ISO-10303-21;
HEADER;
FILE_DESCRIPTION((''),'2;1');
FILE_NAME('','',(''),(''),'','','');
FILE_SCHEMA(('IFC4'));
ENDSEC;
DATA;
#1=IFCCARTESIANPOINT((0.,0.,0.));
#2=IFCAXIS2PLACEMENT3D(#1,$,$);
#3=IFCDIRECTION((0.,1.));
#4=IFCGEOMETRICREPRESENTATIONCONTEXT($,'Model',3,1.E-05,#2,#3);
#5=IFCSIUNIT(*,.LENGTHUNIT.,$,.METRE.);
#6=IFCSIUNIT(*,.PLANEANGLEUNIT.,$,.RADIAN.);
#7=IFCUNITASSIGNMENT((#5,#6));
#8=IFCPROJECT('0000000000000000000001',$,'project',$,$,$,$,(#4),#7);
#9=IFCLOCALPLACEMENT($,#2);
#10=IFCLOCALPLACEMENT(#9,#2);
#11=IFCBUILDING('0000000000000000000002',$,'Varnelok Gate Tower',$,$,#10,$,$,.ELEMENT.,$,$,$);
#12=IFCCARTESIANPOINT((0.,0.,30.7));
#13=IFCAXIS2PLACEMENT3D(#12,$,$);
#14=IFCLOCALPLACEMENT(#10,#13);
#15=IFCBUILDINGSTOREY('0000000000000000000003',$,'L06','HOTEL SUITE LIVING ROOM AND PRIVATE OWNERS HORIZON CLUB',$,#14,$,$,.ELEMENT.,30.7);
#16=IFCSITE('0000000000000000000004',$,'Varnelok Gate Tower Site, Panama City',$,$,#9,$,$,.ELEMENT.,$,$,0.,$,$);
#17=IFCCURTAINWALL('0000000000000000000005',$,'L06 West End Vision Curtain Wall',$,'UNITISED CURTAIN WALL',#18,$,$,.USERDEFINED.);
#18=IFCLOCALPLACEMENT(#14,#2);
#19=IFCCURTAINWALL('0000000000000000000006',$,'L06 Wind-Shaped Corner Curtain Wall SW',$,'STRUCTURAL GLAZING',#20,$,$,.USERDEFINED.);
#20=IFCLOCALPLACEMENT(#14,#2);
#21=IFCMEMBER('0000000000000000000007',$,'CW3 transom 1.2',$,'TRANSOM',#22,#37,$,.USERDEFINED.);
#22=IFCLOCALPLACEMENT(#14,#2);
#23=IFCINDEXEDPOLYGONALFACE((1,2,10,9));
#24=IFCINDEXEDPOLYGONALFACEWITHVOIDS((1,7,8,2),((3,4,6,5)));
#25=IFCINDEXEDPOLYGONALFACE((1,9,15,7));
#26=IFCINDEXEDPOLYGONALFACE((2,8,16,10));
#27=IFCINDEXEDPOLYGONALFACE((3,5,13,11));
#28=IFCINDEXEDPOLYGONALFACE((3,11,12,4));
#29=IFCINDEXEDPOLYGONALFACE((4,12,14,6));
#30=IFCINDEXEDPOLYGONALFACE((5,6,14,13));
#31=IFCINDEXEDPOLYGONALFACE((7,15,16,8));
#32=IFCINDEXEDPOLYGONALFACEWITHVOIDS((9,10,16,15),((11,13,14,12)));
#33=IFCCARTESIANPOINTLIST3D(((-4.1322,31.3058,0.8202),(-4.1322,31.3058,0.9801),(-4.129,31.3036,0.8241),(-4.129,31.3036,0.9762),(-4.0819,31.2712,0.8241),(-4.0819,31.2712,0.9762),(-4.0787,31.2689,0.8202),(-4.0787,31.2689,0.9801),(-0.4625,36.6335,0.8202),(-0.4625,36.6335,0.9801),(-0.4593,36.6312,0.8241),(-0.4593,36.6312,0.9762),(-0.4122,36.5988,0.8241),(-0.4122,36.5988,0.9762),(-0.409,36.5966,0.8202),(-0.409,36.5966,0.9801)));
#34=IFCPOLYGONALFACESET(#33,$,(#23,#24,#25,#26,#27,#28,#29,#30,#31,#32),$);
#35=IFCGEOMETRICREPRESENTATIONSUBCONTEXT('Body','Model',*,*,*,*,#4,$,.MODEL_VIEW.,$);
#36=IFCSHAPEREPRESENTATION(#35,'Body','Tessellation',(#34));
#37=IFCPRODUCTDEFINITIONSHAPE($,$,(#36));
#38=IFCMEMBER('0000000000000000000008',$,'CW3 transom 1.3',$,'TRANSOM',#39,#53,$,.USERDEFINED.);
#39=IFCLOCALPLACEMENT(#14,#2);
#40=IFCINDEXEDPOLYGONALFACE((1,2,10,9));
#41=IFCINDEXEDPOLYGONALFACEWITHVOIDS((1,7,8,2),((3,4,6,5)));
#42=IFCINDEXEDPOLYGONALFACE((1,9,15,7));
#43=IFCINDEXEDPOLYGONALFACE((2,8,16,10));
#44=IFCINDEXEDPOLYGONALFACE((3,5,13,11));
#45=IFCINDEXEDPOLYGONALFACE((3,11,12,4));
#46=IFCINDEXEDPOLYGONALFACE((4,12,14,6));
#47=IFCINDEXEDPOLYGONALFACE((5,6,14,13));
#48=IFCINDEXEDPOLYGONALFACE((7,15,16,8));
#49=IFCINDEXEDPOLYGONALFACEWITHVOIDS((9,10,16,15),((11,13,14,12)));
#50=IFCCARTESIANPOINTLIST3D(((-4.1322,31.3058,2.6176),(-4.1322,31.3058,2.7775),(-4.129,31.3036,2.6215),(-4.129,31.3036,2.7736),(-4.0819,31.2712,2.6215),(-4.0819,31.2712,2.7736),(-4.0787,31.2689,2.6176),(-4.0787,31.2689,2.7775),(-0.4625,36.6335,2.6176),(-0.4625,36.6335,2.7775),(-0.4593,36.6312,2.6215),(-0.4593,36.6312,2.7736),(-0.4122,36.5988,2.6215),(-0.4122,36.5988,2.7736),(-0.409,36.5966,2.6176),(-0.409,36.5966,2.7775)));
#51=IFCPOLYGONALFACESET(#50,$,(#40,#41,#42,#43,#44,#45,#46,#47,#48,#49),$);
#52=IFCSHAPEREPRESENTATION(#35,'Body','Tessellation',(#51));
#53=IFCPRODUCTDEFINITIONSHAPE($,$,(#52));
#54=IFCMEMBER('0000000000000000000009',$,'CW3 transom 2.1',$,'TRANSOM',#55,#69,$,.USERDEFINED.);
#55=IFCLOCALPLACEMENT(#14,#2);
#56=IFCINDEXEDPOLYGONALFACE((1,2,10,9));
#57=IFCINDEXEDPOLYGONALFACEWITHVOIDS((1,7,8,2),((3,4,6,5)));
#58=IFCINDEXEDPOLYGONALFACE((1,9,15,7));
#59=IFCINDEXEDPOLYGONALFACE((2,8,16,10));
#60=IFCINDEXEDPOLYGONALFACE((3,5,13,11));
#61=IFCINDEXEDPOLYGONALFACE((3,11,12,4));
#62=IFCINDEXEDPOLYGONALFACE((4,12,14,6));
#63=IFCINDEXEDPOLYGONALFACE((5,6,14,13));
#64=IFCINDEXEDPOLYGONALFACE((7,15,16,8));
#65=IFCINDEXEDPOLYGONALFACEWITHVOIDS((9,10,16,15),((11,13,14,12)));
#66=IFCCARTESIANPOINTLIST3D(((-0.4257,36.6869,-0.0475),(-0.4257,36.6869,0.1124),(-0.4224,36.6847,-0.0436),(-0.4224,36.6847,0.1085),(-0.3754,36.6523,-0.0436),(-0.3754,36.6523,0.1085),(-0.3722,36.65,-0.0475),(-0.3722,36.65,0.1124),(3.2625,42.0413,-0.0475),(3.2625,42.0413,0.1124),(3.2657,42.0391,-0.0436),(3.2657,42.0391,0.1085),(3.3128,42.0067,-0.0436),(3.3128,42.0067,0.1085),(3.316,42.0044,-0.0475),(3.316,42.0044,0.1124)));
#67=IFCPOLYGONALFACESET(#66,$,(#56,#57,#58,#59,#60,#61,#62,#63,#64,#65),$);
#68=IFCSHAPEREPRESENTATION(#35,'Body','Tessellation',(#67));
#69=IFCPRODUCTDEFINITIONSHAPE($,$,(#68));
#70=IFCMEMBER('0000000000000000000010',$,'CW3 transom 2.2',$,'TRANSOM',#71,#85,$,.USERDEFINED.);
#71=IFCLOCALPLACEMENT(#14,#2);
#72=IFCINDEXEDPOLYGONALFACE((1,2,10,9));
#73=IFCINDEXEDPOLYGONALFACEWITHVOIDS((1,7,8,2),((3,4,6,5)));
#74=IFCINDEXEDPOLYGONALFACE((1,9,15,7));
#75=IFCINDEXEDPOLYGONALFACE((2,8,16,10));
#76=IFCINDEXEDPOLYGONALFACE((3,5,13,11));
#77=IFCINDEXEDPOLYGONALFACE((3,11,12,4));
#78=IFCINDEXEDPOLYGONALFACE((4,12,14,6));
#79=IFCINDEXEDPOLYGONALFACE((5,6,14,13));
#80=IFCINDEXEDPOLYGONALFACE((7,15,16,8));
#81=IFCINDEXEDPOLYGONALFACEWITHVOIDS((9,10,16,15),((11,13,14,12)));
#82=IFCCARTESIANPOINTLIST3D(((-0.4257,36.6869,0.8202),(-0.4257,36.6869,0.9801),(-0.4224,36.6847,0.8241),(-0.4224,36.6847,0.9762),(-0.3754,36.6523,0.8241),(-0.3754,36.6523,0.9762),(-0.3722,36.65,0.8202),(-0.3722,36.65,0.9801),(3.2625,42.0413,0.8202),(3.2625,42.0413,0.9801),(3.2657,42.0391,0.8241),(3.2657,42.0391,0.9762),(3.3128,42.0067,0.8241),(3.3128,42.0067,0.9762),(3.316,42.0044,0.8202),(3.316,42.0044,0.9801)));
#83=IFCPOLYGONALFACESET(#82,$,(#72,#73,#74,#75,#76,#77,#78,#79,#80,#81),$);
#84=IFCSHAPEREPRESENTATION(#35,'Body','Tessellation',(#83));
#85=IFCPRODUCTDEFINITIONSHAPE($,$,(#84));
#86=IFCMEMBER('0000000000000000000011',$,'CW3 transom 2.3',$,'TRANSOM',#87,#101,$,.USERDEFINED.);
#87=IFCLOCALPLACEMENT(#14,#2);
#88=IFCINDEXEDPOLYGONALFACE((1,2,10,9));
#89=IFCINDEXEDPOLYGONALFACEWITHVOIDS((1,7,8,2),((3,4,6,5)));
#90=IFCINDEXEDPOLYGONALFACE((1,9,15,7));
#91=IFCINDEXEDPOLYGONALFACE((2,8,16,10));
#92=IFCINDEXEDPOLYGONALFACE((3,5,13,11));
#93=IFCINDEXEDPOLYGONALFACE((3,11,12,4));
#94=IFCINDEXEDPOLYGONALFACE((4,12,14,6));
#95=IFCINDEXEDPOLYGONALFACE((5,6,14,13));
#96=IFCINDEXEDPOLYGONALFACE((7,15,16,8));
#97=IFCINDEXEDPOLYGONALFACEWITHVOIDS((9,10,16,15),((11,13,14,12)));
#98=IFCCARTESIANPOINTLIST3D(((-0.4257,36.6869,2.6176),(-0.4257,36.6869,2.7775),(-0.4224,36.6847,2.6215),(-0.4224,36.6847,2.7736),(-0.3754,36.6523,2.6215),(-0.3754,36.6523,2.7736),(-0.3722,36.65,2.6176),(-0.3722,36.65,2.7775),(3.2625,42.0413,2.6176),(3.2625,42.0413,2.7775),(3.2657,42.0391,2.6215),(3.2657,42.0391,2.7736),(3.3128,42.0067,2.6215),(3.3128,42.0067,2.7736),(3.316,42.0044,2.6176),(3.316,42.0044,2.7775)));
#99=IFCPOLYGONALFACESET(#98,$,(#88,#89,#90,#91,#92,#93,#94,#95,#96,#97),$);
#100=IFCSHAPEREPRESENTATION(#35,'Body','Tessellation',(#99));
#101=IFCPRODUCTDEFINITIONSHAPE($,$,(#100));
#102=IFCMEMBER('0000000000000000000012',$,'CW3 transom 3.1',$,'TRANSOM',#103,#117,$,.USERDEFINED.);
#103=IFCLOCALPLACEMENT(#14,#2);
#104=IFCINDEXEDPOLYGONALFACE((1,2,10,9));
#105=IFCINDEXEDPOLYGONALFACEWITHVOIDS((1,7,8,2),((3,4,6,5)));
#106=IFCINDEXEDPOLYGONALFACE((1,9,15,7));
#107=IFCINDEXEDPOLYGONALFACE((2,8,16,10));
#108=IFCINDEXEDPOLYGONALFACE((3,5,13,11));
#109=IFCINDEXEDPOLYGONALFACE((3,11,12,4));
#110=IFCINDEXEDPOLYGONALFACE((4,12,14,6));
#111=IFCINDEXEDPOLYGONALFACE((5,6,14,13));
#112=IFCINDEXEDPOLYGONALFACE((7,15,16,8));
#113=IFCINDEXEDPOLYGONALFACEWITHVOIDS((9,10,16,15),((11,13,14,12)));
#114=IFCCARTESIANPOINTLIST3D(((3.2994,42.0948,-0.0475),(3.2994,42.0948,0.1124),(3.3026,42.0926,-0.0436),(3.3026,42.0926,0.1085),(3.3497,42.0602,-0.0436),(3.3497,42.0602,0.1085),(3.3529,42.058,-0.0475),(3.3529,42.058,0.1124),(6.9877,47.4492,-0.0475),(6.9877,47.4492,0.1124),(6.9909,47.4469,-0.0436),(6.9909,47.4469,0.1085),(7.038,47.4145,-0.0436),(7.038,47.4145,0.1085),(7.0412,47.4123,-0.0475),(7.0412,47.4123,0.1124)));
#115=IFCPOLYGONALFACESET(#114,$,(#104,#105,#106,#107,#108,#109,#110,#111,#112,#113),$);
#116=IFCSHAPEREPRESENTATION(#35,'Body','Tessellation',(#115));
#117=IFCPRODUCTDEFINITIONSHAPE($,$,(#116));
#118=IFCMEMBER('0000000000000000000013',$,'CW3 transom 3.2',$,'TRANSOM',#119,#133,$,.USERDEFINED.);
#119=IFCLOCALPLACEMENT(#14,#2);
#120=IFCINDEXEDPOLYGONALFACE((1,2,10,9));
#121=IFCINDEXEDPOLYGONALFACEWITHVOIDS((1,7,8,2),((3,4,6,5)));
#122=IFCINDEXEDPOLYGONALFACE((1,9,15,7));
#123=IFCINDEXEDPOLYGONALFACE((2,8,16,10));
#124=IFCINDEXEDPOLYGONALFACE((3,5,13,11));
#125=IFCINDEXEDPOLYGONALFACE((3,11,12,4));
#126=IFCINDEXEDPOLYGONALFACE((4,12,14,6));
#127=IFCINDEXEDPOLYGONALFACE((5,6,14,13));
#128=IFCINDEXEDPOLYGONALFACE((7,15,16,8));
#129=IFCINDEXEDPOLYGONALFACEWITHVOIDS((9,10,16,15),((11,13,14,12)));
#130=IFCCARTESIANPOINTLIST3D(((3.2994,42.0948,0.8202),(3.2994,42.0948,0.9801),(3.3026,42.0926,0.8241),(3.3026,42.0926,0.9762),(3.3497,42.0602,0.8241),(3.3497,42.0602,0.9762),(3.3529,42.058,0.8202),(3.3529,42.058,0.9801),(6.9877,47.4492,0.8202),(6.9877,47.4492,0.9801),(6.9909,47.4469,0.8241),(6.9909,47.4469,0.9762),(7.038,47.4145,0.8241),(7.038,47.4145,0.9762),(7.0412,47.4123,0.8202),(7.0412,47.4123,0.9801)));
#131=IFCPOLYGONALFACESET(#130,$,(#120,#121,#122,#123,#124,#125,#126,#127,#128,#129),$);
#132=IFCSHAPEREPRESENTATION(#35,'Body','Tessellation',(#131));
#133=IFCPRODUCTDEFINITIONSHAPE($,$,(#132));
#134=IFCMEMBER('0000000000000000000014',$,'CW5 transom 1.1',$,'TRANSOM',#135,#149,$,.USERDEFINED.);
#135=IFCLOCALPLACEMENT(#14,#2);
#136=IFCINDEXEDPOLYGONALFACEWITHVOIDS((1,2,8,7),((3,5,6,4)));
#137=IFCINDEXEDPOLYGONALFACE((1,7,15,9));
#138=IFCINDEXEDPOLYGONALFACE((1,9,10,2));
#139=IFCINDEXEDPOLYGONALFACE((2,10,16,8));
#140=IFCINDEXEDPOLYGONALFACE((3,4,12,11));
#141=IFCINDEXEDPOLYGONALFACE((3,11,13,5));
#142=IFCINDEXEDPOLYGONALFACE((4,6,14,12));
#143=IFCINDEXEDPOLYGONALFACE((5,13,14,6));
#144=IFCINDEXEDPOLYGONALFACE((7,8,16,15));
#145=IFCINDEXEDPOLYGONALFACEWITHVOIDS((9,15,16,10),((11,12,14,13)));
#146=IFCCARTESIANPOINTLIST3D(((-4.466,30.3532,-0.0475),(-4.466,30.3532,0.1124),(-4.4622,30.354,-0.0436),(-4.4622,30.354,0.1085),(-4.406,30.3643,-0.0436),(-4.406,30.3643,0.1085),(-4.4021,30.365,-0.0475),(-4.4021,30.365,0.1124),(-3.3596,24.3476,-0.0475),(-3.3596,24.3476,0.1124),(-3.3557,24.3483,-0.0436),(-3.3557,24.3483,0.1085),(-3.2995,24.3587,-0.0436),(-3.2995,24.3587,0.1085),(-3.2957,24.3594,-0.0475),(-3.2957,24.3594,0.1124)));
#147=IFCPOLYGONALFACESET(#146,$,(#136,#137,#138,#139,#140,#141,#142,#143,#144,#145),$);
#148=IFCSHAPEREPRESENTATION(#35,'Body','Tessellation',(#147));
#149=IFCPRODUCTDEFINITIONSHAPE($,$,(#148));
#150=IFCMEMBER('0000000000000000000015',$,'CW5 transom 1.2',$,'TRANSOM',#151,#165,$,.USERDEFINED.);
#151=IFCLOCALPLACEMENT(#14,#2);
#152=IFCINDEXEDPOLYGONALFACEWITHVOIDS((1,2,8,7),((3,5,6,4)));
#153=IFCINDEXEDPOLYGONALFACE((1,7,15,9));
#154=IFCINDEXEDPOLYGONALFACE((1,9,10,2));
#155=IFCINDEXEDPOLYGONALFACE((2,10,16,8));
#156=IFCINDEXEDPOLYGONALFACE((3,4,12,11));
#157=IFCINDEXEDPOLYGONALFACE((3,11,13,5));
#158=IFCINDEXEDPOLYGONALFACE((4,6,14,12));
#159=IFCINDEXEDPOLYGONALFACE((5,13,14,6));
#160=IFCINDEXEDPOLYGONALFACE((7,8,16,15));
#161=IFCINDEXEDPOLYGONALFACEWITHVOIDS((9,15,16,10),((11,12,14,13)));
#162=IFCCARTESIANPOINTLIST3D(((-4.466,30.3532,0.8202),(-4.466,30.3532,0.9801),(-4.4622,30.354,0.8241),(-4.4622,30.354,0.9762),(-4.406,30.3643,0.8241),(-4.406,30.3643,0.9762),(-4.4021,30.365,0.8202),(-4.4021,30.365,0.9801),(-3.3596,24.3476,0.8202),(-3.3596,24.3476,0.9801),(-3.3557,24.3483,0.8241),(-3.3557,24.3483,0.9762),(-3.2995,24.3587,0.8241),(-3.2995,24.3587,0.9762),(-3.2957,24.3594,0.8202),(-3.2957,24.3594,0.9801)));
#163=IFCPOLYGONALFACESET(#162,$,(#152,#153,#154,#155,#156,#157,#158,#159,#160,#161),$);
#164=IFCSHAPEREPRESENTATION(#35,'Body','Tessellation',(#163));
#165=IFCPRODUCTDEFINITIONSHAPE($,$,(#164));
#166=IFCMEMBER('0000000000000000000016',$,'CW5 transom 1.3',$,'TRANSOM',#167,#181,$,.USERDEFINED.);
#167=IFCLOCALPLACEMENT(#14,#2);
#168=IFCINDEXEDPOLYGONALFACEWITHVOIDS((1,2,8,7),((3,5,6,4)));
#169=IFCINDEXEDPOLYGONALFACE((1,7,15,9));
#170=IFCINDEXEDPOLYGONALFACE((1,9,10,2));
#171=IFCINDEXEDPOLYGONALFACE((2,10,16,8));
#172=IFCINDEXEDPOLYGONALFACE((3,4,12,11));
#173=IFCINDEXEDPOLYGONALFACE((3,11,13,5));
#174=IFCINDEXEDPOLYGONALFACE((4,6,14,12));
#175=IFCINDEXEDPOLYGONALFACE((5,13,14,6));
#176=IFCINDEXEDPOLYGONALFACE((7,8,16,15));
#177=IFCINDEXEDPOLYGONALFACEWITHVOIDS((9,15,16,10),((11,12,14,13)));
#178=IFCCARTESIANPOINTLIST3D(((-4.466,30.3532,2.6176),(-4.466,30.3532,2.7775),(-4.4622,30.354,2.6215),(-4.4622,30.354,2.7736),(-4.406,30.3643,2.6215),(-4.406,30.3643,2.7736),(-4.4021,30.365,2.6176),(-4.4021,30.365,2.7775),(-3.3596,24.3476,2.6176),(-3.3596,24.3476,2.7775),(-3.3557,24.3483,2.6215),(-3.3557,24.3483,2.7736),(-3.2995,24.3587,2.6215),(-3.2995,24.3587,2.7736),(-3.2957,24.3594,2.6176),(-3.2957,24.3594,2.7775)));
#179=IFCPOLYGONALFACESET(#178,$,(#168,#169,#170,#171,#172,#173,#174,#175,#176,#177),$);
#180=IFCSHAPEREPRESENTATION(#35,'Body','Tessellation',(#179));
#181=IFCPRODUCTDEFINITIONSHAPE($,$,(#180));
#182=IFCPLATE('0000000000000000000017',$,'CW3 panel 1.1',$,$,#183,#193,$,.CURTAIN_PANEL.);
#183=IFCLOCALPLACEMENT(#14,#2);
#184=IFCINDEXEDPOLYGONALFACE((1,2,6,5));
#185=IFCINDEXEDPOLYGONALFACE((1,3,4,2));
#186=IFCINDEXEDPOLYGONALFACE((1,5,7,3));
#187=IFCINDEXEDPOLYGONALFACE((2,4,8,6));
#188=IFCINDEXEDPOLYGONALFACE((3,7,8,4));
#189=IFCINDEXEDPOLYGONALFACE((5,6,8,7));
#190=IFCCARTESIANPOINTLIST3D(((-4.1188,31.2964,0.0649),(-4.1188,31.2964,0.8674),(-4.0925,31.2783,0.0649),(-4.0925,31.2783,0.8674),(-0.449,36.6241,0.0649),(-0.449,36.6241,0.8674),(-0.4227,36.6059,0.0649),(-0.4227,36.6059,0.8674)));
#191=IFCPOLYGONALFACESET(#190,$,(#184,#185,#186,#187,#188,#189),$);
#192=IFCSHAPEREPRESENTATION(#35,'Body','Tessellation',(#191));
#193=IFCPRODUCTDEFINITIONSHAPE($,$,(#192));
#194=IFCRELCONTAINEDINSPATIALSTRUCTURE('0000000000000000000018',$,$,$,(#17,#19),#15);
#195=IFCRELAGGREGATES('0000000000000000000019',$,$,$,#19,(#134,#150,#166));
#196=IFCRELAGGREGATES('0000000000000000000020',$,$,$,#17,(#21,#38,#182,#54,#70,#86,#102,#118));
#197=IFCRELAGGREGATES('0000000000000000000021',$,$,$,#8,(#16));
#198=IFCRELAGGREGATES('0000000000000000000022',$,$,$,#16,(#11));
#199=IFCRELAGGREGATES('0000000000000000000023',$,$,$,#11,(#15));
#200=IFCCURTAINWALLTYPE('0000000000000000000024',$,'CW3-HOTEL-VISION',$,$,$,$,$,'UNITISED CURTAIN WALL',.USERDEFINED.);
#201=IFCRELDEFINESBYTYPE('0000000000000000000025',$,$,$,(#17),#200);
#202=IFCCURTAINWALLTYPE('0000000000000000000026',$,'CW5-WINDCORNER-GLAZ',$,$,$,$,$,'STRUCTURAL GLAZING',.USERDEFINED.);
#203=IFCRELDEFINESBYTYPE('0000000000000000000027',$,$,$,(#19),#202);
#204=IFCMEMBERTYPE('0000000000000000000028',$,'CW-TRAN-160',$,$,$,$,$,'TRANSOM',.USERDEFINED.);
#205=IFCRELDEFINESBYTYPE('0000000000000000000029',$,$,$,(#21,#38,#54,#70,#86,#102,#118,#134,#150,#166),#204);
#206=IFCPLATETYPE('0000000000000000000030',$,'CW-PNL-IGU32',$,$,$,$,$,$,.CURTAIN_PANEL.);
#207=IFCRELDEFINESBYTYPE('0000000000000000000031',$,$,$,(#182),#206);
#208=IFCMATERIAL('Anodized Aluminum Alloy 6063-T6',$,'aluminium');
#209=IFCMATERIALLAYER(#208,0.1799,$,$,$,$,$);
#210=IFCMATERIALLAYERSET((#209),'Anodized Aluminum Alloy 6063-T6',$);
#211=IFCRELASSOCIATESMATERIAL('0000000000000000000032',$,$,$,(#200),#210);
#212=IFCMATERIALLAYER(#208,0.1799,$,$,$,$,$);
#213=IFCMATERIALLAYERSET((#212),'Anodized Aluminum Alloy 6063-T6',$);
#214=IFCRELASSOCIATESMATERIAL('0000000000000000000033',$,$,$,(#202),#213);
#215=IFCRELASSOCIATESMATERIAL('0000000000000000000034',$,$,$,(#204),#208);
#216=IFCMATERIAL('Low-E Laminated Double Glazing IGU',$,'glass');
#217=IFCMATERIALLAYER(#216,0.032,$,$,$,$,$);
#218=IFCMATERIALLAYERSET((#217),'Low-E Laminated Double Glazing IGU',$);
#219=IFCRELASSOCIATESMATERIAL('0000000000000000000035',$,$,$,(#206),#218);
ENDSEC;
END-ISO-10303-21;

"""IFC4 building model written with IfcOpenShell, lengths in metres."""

from ifc_helpers import new_model, si_unit, direction, frame, origin, origin_2d, place, context, subcontext, project, spatial, rectangle, hollow_rectangle, extrude, source, transform, mapped, material, layer, layer_set, material_profile, profile_set, type_object, element, aggregate, save


model = new_model("IFC4")

# Units and contexts
model_context = context("Model", 3, precision=1e-05, world=origin(), true_north=direction((0.0, 1.0)))
body_context = subcontext(model_context, "Body", "Model", "MODEL_VIEW")
ifc_project = project(units=[si_unit("LENGTHUNIT", "METRE"), si_unit("PLANEANGLEUNIT", "RADIAN")], contexts=[model_context])

# Site, building, storey
site_placement = place(None, origin())
site = spatial("IfcSite", under=ifc_project, at=site_placement, Name="Varnelok Gate Tower Site, Panama City", CompositionType="ELEMENT", RefElevation=0.0)
building_placement = place(site_placement, origin())
building = spatial("IfcBuilding", under=site, at=building_placement, Name="Varnelok Gate Tower", CompositionType="ELEMENT")
storey_placement = place(building_placement, frame((0.0, 0.0, 30.7)))
storey = spatial("IfcBuildingStorey", under=building, at=storey_placement, Name="L06", Description="HOTEL SUITE LIVING ROOM AND PRIVATE OWNERS HORIZON CLUB", CompositionType="ELEMENT", Elevation=30.7)

# Curtain wall
ifc_material_1 = material(Name="Anodized Aluminum Alloy 6063-T6", Category="aluminium")
ifc_layer_1 = layer(ifc_material_1, 0.1799)
ifc_layer_set_1 = layer_set([ifc_layer_1], Name="Anodized Aluminum Alloy 6063-T6")
curtain_wall_type_1 = type_object("IfcCurtainWallType", Name="CW3-HOTEL-VISION", ElementType="UNITISED CURTAIN WALL", PredefinedType="USERDEFINED", material=ifc_layer_set_1)
curtain_wall_1_placement = place(storey_placement, origin())
curtain_wall_1 = element("IfcCurtainWall", 1, at=curtain_wall_1_placement, inside=storey, type_object=curtain_wall_type_1, Name="L06 West End Vision Curtain Wall", ObjectType="UNITISED CURTAIN WALL", PredefinedType="USERDEFINED")

# Curtain wall
ifc_layer_2 = layer(ifc_material_1, 0.1799)
ifc_layer_set_2 = layer_set([ifc_layer_2], Name="Anodized Aluminum Alloy 6063-T6")
curtain_wall_type_2 = type_object("IfcCurtainWallType", Name="CW5-WINDCORNER-GLAZ", ElementType="STRUCTURAL GLAZING", PredefinedType="USERDEFINED", material=ifc_layer_set_2)
curtain_wall_2_placement = place(storey_placement, origin())
curtain_wall_2 = element("IfcCurtainWall", 2, at=curtain_wall_2_placement, inside=storey, type_object=curtain_wall_type_2, Name="L06 Wind-Shaped Corner Curtain Wall SW", ObjectType="STRUCTURAL GLAZING", PredefinedType="USERDEFINED")

# Members
ifc_material_profile_1 = material_profile(ifc_material_1, hollow_rectangle(XDim=0.0649, YDim=0.1599, WallThickness=0.0039, at=origin_2d()), Name="ALU160X65X4")
ifc_profile_set_1 = profile_set([ifc_material_profile_1], Name="Anodized Aluminum Alloy 6063-T6")
member_type_1 = type_object("IfcMemberType", Name="CW-TRAN-160", ElementType="TRANSOM", PredefinedType="USERDEFINED", material=ifc_profile_set_1)
member_1_placement = place(storey_placement, frame((-4.1055, 31.2874, 0.9001), z_axis=(0.567256, 0.823542, 0.0), x_axis=(-0.823542, 0.567256, 0.0)))
member_1 = element("IfcMember", 3, at=member_1_placement, type_object=member_type_1, Name="CW3 transom 1.2", ObjectType="TRANSOM", PredefinedType="USERDEFINED", context=body_context, shape_type="SweptSolid", body=[
    extrude(hollow_rectangle(XDim=0.0649, YDim=0.1599, WallThickness=0.0039, at=origin_2d()), origin(), (0.0, 0.0, 1.0), 6.4692),
])
member_2_placement = place(storey_placement, frame((-4.1055, 31.2874, 2.6975), z_axis=(0.567256, 0.823542, 0.0), x_axis=(-0.823542, 0.567256, 0.0)))
member_2 = element("IfcMember", 4, at=member_2_placement, type_object=member_type_1, Name="CW3 transom 1.3", ObjectType="TRANSOM", PredefinedType="USERDEFINED", context=body_context, shape_type="SweptSolid", body=[
    extrude(hollow_rectangle(XDim=0.0649, YDim=0.1599, WallThickness=0.0039, at=origin_2d()), origin(), (0.0, 0.0, 1.0), 6.4692),
])
member_3_placement = place(storey_placement, frame((-0.3989, 36.6685, 0.0325), z_axis=(0.567262, 0.823538, 0.0), x_axis=(-0.823538, 0.567262, 0.0)))
member_3 = element("IfcMember", 5, at=member_3_placement, type_object=member_type_1, Name="CW3 transom 2.1", ObjectType="TRANSOM", PredefinedType="USERDEFINED", context=body_context, shape_type="SweptSolid", body=[
    extrude(hollow_rectangle(XDim=0.0649, YDim=0.1599, WallThickness=0.0039, at=origin_2d()), origin(), (0.0, 0.0, 1.0), 6.5017),
])
member_4_placement = place(storey_placement, frame((-0.3989, 36.6685, 0.9001), z_axis=(0.567262, 0.823538, 0.0), x_axis=(-0.823538, 0.567262, 0.0)))
member_4 = element("IfcMember", 6, at=member_4_placement, type_object=member_type_1, Name="CW3 transom 2.2", ObjectType="TRANSOM", PredefinedType="USERDEFINED", context=body_context, shape_type="SweptSolid", body=[
    extrude(hollow_rectangle(XDim=0.0649, YDim=0.1599, WallThickness=0.0039, at=origin_2d()), origin(), (0.0, 0.0, 1.0), 6.5017),
])
member_5_placement = place(storey_placement, frame((-0.3989, 36.6685, 2.6975), z_axis=(0.567262, 0.823538, 0.0), x_axis=(-0.823538, 0.567262, 0.0)))
member_5 = element("IfcMember", 7, at=member_5_placement, type_object=member_type_1, Name="CW3 transom 2.3", ObjectType="TRANSOM", PredefinedType="USERDEFINED", context=body_context, shape_type="SweptSolid", body=[
    extrude(hollow_rectangle(XDim=0.0649, YDim=0.1599, WallThickness=0.0039, at=origin_2d()), origin(), (0.0, 0.0, 1.0), 6.5017),
])
member_6_placement = place(storey_placement, frame((3.3262, 42.0764, 0.0325), z_axis=(0.567279, 0.823526, 0.0), x_axis=(-0.823526, 0.567279, 0.0)))
member_6 = element("IfcMember", 8, at=member_6_placement, type_object=member_type_1, Name="CW3 transom 3.1", ObjectType="TRANSOM", PredefinedType="USERDEFINED", context=body_context, shape_type="SweptSolid", body=[
    extrude(hollow_rectangle(XDim=0.0649, YDim=0.1599, WallThickness=0.0039, at=origin_2d()), origin(), (0.0, 0.0, 1.0), 6.5017),
])
member_7_placement = place(storey_placement, frame((3.3262, 42.0764, 0.9001), z_axis=(0.567279, 0.823526, 0.0), x_axis=(-0.823526, 0.567279, 0.0)))
member_7 = element("IfcMember", 9, at=member_7_placement, type_object=member_type_1, Name="CW3 transom 3.2", ObjectType="TRANSOM", PredefinedType="USERDEFINED", context=body_context, shape_type="SweptSolid", body=[
    extrude(hollow_rectangle(XDim=0.0649, YDim=0.1599, WallThickness=0.0039, at=origin_2d()), origin(), (0.0, 0.0, 1.0), 6.5017),
])
member_8_placement = place(storey_placement, frame((-4.4341, 30.3591, 0.0325), z_axis=(0.181186, -0.983449, 0.0), x_axis=(0.983449, 0.181186, 0.0)))
member_8 = element("IfcMember", 10, at=member_8_placement, type_object=member_type_1, Name="CW5 transom 1.1", ObjectType="TRANSOM", PredefinedType="USERDEFINED", context=body_context, shape_type="SweptSolid", body=[
    extrude(hollow_rectangle(XDim=0.0649, YDim=0.1599, WallThickness=0.0039, at=origin_2d()), origin(), (0.0, 0.0, 1.0), 6.1067),
])
member_9_placement = place(storey_placement, frame((-4.4341, 30.3591, 0.9001), z_axis=(0.181186, -0.983449, 0.0), x_axis=(0.983449, 0.181186, 0.0)))
member_9 = element("IfcMember", 11, at=member_9_placement, type_object=member_type_1, Name="CW5 transom 1.2", ObjectType="TRANSOM", PredefinedType="USERDEFINED", context=body_context, shape_type="SweptSolid", body=[
    extrude(hollow_rectangle(XDim=0.0649, YDim=0.1599, WallThickness=0.0039, at=origin_2d()), origin(), (0.0, 0.0, 1.0), 6.1067),
])
member_10_placement = place(storey_placement, frame((-4.4341, 30.3591, 2.6975), z_axis=(0.181186, -0.983449, 0.0), x_axis=(0.983449, 0.181186, 0.0)))
member_10 = element("IfcMember", 12, at=member_10_placement, type_object=member_type_1, Name="CW5 transom 1.3", ObjectType="TRANSOM", PredefinedType="USERDEFINED", context=body_context, shape_type="SweptSolid", body=[
    extrude(hollow_rectangle(XDim=0.0649, YDim=0.1599, WallThickness=0.0039, at=origin_2d()), origin(), (0.0, 0.0, 1.0), 6.1067),
])
aggregate(curtain_wall_2, [member_8, member_9, member_10])

# Plate
ifc_material_2 = material(Name="Low-E Laminated Double Glazing IGU", Category="glass")
ifc_layer_3 = layer(ifc_material_2, 0.032)
ifc_layer_set_3 = layer_set([ifc_layer_3], Name="Low-E Laminated Double Glazing IGU")
plate_type = type_object("IfcPlateType", Name="CW-PNL-IGU32", PredefinedType="CURTAIN_PANEL", material=ifc_layer_set_3)
shared_shape_1 = source(origin(), body_context, "Body", "SweptSolid", [
    extrude(rectangle(XDim=6.4692, YDim=0.032, at=origin_2d()), origin(), (0.0, 0.0, 1.0), 0.8025),
])
plate_1_placement = place(storey_placement, frame((-2.2708, 33.9512, 0.0649), z_axis=(0.0, 0.0, 1.0), x_axis=(0.567269, 0.823533, 0.0)))
plate_1 = element("IfcPlate", 13, at=plate_1_placement, type_object=plate_type, Name="CW3 panel 1.1", PredefinedType="CURTAIN_PANEL", context=body_context, shape_type="MappedRepresentation", body=[
    mapped(shared_shape_1, transform((0.0, 0.0, 0.0), scale=1.0)),
])
aggregate(curtain_wall_1, [member_1, member_2, plate_1, member_3, member_4, member_5, member_6, member_7])

save(model, "model.ifc")
